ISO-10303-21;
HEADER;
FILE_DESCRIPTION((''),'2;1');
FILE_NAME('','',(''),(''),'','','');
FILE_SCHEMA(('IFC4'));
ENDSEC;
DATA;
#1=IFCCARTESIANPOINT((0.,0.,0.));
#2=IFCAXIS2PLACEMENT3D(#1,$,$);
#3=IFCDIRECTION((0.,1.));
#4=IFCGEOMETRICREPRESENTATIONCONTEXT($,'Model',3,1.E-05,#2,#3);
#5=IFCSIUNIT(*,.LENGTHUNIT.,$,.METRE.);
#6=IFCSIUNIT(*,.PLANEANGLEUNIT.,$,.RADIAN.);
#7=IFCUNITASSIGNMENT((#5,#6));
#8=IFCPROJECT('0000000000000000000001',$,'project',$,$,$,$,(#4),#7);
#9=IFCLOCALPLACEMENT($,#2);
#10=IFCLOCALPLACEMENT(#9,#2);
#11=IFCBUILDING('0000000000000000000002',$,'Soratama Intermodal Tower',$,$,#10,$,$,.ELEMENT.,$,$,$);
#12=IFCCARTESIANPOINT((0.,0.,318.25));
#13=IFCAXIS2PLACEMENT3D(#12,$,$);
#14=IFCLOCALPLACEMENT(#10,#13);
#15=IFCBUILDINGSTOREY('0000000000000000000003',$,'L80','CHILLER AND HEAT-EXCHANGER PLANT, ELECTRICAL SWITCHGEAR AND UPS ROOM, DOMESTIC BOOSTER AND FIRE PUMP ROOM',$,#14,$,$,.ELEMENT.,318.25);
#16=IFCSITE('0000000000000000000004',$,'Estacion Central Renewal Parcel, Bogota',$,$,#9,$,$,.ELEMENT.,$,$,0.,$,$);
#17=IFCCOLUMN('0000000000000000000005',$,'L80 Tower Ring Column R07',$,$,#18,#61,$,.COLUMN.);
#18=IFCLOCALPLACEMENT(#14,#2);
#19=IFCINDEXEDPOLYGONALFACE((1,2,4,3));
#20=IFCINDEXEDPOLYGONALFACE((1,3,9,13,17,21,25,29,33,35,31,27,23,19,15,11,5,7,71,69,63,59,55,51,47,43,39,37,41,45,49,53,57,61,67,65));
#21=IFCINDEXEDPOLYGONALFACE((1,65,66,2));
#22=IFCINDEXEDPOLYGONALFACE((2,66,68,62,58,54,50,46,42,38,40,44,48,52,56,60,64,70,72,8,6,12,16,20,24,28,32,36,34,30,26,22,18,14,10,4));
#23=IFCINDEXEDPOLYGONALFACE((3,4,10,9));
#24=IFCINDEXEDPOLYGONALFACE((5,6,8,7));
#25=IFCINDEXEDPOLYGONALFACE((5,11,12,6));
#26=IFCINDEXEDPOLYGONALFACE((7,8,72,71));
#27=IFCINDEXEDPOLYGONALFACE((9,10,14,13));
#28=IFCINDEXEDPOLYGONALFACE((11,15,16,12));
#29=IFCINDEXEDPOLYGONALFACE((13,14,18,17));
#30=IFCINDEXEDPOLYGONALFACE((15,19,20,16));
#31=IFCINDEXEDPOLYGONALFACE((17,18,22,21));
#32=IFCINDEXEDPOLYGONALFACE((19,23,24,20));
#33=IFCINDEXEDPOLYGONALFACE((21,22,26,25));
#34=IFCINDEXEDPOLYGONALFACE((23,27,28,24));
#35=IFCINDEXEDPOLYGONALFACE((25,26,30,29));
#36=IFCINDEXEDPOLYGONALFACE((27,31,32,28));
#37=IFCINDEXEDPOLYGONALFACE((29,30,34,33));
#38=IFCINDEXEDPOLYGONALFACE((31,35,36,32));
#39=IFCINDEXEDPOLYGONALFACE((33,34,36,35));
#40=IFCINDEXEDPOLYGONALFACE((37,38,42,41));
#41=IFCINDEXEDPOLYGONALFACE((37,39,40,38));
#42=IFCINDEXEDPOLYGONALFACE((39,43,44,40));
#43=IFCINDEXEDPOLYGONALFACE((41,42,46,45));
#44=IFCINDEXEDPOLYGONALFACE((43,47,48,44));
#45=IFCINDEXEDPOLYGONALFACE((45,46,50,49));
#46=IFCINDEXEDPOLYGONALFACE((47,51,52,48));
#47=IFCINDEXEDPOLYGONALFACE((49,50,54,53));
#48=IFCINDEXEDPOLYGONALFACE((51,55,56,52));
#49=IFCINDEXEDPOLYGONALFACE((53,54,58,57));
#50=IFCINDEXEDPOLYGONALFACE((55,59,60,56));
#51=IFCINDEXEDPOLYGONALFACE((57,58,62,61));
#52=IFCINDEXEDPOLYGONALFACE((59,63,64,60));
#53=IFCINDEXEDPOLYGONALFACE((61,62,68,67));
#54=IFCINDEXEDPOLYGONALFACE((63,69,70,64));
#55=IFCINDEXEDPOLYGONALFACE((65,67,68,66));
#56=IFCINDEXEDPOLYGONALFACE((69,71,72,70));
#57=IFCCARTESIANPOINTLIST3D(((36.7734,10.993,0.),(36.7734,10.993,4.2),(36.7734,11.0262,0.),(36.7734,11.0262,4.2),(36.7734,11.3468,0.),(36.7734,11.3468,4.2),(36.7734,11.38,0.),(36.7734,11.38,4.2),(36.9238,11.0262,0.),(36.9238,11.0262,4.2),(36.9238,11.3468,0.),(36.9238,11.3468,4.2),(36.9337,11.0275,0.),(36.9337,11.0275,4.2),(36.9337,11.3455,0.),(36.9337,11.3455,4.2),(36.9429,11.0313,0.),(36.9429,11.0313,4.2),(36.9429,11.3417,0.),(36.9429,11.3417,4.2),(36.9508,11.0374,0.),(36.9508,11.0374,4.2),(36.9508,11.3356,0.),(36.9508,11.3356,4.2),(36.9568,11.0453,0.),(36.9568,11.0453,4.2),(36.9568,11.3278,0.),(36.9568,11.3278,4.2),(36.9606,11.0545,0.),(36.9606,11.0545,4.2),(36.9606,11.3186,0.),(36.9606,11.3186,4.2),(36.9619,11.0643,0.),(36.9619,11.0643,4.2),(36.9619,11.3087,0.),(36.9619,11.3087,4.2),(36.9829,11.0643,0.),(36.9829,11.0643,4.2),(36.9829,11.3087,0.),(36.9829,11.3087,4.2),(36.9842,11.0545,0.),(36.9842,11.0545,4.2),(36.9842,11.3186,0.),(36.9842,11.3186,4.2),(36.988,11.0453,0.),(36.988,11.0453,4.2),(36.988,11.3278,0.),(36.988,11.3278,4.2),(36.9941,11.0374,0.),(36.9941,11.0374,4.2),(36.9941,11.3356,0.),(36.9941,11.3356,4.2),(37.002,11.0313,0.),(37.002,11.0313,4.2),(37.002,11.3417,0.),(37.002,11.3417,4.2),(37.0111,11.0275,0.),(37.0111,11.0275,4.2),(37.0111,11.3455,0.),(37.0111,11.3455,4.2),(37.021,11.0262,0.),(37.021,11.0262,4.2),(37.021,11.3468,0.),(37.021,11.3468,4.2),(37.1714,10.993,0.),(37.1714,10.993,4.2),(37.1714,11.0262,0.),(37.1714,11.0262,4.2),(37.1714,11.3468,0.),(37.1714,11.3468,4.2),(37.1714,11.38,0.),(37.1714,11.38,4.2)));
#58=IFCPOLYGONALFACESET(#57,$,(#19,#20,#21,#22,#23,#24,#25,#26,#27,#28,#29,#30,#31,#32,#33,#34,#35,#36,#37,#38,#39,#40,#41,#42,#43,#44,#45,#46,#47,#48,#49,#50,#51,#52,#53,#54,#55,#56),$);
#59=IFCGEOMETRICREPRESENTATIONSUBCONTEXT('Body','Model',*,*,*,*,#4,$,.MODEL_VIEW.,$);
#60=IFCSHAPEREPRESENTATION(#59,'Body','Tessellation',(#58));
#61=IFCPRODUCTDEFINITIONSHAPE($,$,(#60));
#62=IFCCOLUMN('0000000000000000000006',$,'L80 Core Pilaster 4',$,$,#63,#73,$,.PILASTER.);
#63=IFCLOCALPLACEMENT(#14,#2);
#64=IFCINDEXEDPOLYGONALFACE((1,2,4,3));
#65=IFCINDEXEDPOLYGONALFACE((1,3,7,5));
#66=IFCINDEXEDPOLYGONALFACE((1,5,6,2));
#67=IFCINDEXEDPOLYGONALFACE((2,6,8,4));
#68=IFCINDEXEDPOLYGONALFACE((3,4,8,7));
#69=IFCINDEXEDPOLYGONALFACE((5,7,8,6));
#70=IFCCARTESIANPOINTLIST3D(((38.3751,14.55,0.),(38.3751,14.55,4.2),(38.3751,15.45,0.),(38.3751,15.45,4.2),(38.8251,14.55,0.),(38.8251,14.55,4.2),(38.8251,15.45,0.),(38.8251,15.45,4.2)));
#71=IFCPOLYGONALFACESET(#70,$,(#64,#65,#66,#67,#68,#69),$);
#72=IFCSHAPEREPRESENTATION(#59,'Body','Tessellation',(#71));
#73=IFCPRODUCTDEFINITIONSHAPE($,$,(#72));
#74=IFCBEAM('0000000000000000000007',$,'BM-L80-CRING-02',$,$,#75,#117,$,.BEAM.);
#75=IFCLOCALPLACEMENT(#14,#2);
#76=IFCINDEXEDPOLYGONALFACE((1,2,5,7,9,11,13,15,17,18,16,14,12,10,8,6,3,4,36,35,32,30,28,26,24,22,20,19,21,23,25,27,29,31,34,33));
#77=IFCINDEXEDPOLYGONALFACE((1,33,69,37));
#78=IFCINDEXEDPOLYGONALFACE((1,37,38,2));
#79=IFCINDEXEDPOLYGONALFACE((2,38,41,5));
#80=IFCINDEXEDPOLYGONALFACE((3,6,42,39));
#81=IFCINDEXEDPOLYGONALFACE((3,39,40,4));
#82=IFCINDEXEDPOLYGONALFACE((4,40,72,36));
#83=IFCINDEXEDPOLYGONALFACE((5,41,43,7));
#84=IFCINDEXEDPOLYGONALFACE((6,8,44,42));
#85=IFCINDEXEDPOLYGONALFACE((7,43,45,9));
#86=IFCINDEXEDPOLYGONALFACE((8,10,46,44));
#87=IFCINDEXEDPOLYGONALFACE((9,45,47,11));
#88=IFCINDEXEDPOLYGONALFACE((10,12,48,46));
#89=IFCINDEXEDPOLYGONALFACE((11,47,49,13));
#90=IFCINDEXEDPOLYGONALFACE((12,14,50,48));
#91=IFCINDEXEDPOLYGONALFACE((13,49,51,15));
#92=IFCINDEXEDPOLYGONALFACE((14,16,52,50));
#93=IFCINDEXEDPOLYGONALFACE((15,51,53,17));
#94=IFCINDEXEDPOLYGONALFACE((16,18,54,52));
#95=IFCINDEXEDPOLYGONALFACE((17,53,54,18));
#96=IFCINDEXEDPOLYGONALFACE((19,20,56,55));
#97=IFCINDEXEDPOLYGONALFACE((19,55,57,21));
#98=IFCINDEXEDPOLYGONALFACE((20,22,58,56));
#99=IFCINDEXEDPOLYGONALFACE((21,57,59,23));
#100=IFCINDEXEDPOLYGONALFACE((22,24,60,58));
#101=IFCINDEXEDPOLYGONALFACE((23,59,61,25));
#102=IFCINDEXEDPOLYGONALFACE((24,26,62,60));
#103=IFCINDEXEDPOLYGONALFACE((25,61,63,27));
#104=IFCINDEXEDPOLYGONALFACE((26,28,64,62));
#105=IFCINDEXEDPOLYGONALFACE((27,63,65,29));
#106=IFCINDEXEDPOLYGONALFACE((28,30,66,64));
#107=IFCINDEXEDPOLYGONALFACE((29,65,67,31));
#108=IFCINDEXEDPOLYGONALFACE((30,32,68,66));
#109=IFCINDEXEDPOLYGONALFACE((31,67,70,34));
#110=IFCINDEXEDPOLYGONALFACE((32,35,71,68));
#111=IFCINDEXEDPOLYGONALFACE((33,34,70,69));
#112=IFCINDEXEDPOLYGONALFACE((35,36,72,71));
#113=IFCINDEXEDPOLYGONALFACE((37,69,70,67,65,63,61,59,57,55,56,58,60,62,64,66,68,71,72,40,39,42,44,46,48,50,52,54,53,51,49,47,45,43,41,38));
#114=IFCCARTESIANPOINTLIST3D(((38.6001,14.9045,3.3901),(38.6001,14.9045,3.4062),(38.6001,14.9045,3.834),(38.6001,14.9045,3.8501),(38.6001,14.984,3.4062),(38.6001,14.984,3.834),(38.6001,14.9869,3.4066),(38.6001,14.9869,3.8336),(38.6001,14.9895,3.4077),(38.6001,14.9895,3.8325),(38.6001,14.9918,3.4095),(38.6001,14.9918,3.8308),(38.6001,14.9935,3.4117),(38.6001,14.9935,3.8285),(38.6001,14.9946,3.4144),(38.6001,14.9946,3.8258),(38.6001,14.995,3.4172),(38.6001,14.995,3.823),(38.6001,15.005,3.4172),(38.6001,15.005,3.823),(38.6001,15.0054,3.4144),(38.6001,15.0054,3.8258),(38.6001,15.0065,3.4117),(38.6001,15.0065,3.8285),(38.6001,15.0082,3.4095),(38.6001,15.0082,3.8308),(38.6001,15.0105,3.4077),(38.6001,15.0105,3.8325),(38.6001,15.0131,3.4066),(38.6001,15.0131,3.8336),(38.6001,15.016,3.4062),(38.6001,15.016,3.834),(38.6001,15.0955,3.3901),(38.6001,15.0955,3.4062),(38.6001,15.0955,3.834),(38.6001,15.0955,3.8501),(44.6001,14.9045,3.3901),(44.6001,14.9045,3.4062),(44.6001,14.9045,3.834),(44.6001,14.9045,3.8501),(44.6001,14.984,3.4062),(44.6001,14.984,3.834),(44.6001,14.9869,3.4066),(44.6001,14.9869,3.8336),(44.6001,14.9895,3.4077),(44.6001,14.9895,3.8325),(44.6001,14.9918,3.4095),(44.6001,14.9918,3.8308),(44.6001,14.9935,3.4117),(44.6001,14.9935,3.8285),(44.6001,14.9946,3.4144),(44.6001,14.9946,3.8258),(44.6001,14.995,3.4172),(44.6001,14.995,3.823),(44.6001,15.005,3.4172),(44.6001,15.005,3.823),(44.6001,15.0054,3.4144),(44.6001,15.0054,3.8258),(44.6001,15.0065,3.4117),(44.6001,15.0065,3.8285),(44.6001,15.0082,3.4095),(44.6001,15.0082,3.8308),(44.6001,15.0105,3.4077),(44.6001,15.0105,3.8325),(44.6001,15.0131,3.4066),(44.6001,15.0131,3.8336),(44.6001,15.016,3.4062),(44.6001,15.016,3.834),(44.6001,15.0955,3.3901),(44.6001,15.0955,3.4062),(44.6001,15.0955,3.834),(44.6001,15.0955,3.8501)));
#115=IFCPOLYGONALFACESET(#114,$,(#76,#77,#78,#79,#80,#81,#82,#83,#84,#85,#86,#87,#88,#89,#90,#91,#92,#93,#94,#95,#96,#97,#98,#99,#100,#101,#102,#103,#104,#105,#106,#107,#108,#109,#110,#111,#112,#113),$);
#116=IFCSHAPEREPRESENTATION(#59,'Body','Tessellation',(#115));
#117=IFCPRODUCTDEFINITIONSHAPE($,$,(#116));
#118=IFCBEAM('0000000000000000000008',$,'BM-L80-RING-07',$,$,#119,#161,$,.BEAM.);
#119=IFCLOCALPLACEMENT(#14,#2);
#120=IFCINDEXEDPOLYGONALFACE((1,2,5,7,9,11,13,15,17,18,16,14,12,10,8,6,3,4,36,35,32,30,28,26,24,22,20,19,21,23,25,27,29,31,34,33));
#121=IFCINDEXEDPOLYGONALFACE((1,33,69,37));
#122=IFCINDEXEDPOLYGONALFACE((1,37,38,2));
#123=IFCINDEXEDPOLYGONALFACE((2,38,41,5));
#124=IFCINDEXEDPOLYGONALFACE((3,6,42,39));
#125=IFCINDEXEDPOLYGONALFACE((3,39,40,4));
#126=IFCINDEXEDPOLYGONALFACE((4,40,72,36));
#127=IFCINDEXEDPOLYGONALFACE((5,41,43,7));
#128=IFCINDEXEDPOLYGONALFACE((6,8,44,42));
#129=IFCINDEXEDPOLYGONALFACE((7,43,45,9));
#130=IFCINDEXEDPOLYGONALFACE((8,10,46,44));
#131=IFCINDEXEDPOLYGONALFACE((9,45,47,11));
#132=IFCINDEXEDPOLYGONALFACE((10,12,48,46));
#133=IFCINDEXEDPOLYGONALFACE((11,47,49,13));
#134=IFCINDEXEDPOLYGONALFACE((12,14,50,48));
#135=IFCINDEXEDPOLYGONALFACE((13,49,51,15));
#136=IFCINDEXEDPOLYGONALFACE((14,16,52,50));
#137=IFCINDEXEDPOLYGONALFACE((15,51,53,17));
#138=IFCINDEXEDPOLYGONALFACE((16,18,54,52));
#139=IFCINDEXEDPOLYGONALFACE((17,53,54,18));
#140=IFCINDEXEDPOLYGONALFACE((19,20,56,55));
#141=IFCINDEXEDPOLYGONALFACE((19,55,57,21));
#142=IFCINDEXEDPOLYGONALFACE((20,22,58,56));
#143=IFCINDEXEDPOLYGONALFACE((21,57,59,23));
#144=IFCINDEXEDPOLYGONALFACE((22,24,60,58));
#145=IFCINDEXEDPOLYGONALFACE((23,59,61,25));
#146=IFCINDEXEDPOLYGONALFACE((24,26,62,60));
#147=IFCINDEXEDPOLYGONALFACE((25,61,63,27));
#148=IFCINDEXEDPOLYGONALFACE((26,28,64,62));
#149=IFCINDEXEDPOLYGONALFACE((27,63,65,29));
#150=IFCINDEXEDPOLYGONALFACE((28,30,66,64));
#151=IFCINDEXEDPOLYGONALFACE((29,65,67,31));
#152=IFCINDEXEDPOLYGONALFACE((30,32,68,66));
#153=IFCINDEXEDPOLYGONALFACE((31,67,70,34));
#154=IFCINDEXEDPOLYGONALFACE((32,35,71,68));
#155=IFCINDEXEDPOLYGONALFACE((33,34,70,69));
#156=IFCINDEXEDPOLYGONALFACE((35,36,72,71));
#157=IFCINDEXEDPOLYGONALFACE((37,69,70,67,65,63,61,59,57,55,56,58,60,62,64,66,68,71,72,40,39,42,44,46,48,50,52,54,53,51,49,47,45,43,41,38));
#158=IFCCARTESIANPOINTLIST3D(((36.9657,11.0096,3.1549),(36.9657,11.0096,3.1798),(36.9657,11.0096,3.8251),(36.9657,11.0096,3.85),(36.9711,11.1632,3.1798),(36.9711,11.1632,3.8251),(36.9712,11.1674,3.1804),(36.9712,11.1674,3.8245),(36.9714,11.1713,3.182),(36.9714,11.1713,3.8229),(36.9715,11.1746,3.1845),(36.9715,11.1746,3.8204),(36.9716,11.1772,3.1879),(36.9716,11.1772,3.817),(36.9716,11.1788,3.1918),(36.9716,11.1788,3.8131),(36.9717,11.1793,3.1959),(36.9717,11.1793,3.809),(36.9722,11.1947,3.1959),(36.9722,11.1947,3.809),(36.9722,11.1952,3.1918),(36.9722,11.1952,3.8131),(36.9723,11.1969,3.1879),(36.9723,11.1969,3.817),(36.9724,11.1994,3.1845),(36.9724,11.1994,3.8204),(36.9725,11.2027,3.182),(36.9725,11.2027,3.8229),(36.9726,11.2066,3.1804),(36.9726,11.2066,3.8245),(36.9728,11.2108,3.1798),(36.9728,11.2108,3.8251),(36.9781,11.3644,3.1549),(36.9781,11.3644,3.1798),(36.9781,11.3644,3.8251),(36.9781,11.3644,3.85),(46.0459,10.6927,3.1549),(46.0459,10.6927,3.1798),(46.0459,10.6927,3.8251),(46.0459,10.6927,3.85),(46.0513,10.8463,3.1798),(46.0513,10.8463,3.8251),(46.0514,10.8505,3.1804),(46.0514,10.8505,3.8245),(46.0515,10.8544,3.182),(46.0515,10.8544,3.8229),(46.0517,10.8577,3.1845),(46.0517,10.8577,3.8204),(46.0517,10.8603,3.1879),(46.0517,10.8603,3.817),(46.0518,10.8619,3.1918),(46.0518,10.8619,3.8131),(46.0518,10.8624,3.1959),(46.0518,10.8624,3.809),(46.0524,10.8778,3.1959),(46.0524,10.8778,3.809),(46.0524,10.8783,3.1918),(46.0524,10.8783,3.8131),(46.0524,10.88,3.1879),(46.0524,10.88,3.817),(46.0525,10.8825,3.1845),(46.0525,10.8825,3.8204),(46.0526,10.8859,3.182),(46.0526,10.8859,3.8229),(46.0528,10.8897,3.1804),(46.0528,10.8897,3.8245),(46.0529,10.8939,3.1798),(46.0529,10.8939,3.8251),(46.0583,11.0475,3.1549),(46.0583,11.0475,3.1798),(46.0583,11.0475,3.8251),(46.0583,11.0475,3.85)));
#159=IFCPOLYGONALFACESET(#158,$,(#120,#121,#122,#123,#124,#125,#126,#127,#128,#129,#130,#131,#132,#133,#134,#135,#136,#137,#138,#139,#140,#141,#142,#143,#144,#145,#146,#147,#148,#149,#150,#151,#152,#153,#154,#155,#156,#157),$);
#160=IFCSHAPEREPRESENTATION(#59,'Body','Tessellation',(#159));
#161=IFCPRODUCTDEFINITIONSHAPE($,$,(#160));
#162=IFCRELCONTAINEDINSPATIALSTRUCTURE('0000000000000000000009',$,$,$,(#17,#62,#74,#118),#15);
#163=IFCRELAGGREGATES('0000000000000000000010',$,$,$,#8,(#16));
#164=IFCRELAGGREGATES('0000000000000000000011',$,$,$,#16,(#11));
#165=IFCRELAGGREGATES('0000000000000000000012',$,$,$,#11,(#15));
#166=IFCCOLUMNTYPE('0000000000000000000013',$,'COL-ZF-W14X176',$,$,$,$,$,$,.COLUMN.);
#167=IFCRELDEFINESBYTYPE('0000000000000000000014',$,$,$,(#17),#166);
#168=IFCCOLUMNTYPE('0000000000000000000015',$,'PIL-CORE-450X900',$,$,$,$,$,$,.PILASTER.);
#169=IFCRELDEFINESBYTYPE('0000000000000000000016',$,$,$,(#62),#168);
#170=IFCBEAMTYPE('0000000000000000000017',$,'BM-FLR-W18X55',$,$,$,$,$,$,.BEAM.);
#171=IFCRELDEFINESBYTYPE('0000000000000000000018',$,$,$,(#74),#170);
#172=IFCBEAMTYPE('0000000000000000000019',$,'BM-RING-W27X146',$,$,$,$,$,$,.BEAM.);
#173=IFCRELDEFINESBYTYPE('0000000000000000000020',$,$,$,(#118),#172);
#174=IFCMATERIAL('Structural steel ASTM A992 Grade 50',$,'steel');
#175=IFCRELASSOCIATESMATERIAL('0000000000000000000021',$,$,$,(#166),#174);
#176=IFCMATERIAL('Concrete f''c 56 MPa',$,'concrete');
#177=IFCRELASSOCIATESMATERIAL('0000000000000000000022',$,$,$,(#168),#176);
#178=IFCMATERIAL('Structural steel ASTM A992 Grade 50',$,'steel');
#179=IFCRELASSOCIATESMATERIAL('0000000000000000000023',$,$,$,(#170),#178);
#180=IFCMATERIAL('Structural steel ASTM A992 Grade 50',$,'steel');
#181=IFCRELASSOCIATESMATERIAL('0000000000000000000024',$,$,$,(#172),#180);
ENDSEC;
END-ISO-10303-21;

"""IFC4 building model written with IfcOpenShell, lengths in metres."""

from ifc_helpers import new_model, si_unit, direction, frame, origin, origin_2d, place, context, subcontext, project, spatial, rectangle, i_section, extrude, material, material_profile, profile_set, type_object, element, save


model = new_model("IFC4")

# Units and contexts
model_context = context("Model", 3, precision=1e-05, world=origin(), true_north=direction((0.0, 1.0)))
body_context = subcontext(model_context, "Body", "Model", "MODEL_VIEW")
ifc_project = project(units=[si_unit("LENGTHUNIT", "METRE"), si_unit("PLANEANGLEUNIT", "RADIAN")], contexts=[model_context])

# Site, building, storey
site_placement = place(None, origin())
site = spatial("IfcSite", under=ifc_project, at=site_placement, Name="Estacion Central Renewal Parcel, Bogota", CompositionType="ELEMENT", RefElevation=0.0)
building_placement = place(site_placement, origin())
building = spatial("IfcBuilding", under=site, at=building_placement, Name="Soratama Intermodal Tower", CompositionType="ELEMENT")
storey_placement = place(building_placement, frame((0.0, 0.0, 318.25)))
storey = spatial("IfcBuildingStorey", under=building, at=storey_placement, Name="L80", Description="CHILLER AND HEAT-EXCHANGER PLANT, ELECTRICAL SWITCHGEAR AND UPS ROOM, DOMESTIC BOOSTER AND FIRE PUMP ROOM", CompositionType="ELEMENT", Elevation=318.25)

# Columns
ifc_material_1 = material(Name="Structural steel ASTM A992 Grade 50", Category="steel")
ifc_material_profile_1 = material_profile(ifc_material_1, i_section(OverallWidth=0.3979, OverallDepth=0.387, WebThickness=0.021, FlangeThickness=0.0332, FilletRadius=0.0381, at=origin_2d()), Name="W14X176")
ifc_profile_set_1 = profile_set([ifc_material_profile_1], Name="Structural steel ASTM A992 Grade 50")
column_type_1 = type_object("IfcColumnType", Name="COL-ZF-W14X176", PredefinedType="COLUMN", material=ifc_profile_set_1)
column_1_placement = place(storey_placement, frame((36.9724, 11.1865, 0.0), z_axis=(0.0, 0.0, 1.0), x_axis=(1.0, 0.0, 0.0)))
element("IfcColumn", 1, at=column_1_placement, inside=storey, type_object=column_type_1, Name="L80 Tower Ring Column R07", PredefinedType="COLUMN", context=body_context, shape_type="SweptSolid", body=[
    extrude(i_section(OverallWidth=0.3979, OverallDepth=0.387, WebThickness=0.021, FlangeThickness=0.0332, FilletRadius=0.0381, at=origin_2d()), origin(), (0.0, 0.0, 1.0), 4.2),
])
ifc_material_2 = material(Name="Concrete f'c 56 MPa", Category="concrete")
ifc_material_profile_2 = material_profile(ifc_material_2, rectangle(XDim=0.45, YDim=0.8999, at=origin_2d()), Name="RC450X900")
ifc_profile_set_2 = profile_set([ifc_material_profile_2], Name="Concrete f'c 56 MPa")
column_type_2 = type_object("IfcColumnType", Name="PIL-CORE-450X900", PredefinedType="PILASTER", material=ifc_profile_set_2)
column_2_placement = place(storey_placement, frame((38.6001, 15.0, 0.0), z_axis=(0.0, 0.0, 1.0), x_axis=(1.0, 0.0, 0.0)))
element("IfcColumn", 2, at=column_2_placement, inside=storey, type_object=column_type_2, Name="L80 Core Pilaster 4", PredefinedType="PILASTER", context=body_context, shape_type="SweptSolid", body=[
    extrude(rectangle(XDim=0.45, YDim=0.8999, at=origin_2d()), origin(), (0.0, 0.0, 1.0), 4.2),
])

# Beams
ifc_material_3 = material(Name="Structural steel ASTM A992 Grade 50", Category="steel")
ifc_material_profile_3 = material_profile(ifc_material_3, i_section(OverallWidth=0.1909, OverallDepth=0.46, WebThickness=0.01, FlangeThickness=0.0161, FilletRadius=0.011, at=origin_2d()), Name="W18X55")
ifc_profile_set_3 = profile_set([ifc_material_profile_3], Name="Structural steel ASTM A992 Grade 50")
beam_type_1 = type_object("IfcBeamType", Name="BM-FLR-W18X55", PredefinedType="BEAM", material=ifc_profile_set_3)
beam_1_placement = place(storey_placement, frame((38.6001, 15.0, 3.6201), z_axis=(1.0, 0.0, 0.0), x_axis=(0.0, 1.0, 0.0)))
element("IfcBeam", 3, at=beam_1_placement, inside=storey, type_object=beam_type_1, Name="BM-L80-CRING-02", PredefinedType="BEAM", context=body_context, shape_type="SweptSolid", body=[
    extrude(i_section(OverallWidth=0.1909, OverallDepth=0.46, WebThickness=0.01, FlangeThickness=0.0161, FilletRadius=0.011, at=origin_2d()), origin(), (0.0, 0.0, 1.0), 6.0),
])
ifc_material_4 = material(Name="Structural steel ASTM A992 Grade 50", Category="steel")
ifc_material_profile_4 = material_profile(ifc_material_4, i_section(OverallWidth=0.355, OverallDepth=0.6951, WebThickness=0.0154, FlangeThickness=0.0249, FilletRadius=0.0161, at=origin_2d()), Name="W27X146")
ifc_profile_set_4 = profile_set([ifc_material_profile_4], Name="Structural steel ASTM A992 Grade 50")
beam_type_2 = type_object("IfcBeamType", Name="BM-RING-W27X146", PredefinedType="BEAM", material=ifc_profile_set_4)
beam_2_placement = place(storey_placement, frame((36.9719, 11.187, 3.5024), z_axis=(0.999392, -0.034879, 0.0), x_axis=(0.034879, 0.999392, 0.0)))
element("IfcBeam", 4, at=beam_2_placement, inside=storey, type_object=beam_type_2, Name="BM-L80-RING-07", PredefinedType="BEAM", context=body_context, shape_type="SweptSolid", body=[
    extrude(i_section(OverallWidth=0.355, OverallDepth=0.6951, WebThickness=0.0154, FlangeThickness=0.0249, FilletRadius=0.0161, at=origin_2d()), origin(), (0.0, 0.0, 1.0), 9.0857),
])

save(model, "model.ifc")
